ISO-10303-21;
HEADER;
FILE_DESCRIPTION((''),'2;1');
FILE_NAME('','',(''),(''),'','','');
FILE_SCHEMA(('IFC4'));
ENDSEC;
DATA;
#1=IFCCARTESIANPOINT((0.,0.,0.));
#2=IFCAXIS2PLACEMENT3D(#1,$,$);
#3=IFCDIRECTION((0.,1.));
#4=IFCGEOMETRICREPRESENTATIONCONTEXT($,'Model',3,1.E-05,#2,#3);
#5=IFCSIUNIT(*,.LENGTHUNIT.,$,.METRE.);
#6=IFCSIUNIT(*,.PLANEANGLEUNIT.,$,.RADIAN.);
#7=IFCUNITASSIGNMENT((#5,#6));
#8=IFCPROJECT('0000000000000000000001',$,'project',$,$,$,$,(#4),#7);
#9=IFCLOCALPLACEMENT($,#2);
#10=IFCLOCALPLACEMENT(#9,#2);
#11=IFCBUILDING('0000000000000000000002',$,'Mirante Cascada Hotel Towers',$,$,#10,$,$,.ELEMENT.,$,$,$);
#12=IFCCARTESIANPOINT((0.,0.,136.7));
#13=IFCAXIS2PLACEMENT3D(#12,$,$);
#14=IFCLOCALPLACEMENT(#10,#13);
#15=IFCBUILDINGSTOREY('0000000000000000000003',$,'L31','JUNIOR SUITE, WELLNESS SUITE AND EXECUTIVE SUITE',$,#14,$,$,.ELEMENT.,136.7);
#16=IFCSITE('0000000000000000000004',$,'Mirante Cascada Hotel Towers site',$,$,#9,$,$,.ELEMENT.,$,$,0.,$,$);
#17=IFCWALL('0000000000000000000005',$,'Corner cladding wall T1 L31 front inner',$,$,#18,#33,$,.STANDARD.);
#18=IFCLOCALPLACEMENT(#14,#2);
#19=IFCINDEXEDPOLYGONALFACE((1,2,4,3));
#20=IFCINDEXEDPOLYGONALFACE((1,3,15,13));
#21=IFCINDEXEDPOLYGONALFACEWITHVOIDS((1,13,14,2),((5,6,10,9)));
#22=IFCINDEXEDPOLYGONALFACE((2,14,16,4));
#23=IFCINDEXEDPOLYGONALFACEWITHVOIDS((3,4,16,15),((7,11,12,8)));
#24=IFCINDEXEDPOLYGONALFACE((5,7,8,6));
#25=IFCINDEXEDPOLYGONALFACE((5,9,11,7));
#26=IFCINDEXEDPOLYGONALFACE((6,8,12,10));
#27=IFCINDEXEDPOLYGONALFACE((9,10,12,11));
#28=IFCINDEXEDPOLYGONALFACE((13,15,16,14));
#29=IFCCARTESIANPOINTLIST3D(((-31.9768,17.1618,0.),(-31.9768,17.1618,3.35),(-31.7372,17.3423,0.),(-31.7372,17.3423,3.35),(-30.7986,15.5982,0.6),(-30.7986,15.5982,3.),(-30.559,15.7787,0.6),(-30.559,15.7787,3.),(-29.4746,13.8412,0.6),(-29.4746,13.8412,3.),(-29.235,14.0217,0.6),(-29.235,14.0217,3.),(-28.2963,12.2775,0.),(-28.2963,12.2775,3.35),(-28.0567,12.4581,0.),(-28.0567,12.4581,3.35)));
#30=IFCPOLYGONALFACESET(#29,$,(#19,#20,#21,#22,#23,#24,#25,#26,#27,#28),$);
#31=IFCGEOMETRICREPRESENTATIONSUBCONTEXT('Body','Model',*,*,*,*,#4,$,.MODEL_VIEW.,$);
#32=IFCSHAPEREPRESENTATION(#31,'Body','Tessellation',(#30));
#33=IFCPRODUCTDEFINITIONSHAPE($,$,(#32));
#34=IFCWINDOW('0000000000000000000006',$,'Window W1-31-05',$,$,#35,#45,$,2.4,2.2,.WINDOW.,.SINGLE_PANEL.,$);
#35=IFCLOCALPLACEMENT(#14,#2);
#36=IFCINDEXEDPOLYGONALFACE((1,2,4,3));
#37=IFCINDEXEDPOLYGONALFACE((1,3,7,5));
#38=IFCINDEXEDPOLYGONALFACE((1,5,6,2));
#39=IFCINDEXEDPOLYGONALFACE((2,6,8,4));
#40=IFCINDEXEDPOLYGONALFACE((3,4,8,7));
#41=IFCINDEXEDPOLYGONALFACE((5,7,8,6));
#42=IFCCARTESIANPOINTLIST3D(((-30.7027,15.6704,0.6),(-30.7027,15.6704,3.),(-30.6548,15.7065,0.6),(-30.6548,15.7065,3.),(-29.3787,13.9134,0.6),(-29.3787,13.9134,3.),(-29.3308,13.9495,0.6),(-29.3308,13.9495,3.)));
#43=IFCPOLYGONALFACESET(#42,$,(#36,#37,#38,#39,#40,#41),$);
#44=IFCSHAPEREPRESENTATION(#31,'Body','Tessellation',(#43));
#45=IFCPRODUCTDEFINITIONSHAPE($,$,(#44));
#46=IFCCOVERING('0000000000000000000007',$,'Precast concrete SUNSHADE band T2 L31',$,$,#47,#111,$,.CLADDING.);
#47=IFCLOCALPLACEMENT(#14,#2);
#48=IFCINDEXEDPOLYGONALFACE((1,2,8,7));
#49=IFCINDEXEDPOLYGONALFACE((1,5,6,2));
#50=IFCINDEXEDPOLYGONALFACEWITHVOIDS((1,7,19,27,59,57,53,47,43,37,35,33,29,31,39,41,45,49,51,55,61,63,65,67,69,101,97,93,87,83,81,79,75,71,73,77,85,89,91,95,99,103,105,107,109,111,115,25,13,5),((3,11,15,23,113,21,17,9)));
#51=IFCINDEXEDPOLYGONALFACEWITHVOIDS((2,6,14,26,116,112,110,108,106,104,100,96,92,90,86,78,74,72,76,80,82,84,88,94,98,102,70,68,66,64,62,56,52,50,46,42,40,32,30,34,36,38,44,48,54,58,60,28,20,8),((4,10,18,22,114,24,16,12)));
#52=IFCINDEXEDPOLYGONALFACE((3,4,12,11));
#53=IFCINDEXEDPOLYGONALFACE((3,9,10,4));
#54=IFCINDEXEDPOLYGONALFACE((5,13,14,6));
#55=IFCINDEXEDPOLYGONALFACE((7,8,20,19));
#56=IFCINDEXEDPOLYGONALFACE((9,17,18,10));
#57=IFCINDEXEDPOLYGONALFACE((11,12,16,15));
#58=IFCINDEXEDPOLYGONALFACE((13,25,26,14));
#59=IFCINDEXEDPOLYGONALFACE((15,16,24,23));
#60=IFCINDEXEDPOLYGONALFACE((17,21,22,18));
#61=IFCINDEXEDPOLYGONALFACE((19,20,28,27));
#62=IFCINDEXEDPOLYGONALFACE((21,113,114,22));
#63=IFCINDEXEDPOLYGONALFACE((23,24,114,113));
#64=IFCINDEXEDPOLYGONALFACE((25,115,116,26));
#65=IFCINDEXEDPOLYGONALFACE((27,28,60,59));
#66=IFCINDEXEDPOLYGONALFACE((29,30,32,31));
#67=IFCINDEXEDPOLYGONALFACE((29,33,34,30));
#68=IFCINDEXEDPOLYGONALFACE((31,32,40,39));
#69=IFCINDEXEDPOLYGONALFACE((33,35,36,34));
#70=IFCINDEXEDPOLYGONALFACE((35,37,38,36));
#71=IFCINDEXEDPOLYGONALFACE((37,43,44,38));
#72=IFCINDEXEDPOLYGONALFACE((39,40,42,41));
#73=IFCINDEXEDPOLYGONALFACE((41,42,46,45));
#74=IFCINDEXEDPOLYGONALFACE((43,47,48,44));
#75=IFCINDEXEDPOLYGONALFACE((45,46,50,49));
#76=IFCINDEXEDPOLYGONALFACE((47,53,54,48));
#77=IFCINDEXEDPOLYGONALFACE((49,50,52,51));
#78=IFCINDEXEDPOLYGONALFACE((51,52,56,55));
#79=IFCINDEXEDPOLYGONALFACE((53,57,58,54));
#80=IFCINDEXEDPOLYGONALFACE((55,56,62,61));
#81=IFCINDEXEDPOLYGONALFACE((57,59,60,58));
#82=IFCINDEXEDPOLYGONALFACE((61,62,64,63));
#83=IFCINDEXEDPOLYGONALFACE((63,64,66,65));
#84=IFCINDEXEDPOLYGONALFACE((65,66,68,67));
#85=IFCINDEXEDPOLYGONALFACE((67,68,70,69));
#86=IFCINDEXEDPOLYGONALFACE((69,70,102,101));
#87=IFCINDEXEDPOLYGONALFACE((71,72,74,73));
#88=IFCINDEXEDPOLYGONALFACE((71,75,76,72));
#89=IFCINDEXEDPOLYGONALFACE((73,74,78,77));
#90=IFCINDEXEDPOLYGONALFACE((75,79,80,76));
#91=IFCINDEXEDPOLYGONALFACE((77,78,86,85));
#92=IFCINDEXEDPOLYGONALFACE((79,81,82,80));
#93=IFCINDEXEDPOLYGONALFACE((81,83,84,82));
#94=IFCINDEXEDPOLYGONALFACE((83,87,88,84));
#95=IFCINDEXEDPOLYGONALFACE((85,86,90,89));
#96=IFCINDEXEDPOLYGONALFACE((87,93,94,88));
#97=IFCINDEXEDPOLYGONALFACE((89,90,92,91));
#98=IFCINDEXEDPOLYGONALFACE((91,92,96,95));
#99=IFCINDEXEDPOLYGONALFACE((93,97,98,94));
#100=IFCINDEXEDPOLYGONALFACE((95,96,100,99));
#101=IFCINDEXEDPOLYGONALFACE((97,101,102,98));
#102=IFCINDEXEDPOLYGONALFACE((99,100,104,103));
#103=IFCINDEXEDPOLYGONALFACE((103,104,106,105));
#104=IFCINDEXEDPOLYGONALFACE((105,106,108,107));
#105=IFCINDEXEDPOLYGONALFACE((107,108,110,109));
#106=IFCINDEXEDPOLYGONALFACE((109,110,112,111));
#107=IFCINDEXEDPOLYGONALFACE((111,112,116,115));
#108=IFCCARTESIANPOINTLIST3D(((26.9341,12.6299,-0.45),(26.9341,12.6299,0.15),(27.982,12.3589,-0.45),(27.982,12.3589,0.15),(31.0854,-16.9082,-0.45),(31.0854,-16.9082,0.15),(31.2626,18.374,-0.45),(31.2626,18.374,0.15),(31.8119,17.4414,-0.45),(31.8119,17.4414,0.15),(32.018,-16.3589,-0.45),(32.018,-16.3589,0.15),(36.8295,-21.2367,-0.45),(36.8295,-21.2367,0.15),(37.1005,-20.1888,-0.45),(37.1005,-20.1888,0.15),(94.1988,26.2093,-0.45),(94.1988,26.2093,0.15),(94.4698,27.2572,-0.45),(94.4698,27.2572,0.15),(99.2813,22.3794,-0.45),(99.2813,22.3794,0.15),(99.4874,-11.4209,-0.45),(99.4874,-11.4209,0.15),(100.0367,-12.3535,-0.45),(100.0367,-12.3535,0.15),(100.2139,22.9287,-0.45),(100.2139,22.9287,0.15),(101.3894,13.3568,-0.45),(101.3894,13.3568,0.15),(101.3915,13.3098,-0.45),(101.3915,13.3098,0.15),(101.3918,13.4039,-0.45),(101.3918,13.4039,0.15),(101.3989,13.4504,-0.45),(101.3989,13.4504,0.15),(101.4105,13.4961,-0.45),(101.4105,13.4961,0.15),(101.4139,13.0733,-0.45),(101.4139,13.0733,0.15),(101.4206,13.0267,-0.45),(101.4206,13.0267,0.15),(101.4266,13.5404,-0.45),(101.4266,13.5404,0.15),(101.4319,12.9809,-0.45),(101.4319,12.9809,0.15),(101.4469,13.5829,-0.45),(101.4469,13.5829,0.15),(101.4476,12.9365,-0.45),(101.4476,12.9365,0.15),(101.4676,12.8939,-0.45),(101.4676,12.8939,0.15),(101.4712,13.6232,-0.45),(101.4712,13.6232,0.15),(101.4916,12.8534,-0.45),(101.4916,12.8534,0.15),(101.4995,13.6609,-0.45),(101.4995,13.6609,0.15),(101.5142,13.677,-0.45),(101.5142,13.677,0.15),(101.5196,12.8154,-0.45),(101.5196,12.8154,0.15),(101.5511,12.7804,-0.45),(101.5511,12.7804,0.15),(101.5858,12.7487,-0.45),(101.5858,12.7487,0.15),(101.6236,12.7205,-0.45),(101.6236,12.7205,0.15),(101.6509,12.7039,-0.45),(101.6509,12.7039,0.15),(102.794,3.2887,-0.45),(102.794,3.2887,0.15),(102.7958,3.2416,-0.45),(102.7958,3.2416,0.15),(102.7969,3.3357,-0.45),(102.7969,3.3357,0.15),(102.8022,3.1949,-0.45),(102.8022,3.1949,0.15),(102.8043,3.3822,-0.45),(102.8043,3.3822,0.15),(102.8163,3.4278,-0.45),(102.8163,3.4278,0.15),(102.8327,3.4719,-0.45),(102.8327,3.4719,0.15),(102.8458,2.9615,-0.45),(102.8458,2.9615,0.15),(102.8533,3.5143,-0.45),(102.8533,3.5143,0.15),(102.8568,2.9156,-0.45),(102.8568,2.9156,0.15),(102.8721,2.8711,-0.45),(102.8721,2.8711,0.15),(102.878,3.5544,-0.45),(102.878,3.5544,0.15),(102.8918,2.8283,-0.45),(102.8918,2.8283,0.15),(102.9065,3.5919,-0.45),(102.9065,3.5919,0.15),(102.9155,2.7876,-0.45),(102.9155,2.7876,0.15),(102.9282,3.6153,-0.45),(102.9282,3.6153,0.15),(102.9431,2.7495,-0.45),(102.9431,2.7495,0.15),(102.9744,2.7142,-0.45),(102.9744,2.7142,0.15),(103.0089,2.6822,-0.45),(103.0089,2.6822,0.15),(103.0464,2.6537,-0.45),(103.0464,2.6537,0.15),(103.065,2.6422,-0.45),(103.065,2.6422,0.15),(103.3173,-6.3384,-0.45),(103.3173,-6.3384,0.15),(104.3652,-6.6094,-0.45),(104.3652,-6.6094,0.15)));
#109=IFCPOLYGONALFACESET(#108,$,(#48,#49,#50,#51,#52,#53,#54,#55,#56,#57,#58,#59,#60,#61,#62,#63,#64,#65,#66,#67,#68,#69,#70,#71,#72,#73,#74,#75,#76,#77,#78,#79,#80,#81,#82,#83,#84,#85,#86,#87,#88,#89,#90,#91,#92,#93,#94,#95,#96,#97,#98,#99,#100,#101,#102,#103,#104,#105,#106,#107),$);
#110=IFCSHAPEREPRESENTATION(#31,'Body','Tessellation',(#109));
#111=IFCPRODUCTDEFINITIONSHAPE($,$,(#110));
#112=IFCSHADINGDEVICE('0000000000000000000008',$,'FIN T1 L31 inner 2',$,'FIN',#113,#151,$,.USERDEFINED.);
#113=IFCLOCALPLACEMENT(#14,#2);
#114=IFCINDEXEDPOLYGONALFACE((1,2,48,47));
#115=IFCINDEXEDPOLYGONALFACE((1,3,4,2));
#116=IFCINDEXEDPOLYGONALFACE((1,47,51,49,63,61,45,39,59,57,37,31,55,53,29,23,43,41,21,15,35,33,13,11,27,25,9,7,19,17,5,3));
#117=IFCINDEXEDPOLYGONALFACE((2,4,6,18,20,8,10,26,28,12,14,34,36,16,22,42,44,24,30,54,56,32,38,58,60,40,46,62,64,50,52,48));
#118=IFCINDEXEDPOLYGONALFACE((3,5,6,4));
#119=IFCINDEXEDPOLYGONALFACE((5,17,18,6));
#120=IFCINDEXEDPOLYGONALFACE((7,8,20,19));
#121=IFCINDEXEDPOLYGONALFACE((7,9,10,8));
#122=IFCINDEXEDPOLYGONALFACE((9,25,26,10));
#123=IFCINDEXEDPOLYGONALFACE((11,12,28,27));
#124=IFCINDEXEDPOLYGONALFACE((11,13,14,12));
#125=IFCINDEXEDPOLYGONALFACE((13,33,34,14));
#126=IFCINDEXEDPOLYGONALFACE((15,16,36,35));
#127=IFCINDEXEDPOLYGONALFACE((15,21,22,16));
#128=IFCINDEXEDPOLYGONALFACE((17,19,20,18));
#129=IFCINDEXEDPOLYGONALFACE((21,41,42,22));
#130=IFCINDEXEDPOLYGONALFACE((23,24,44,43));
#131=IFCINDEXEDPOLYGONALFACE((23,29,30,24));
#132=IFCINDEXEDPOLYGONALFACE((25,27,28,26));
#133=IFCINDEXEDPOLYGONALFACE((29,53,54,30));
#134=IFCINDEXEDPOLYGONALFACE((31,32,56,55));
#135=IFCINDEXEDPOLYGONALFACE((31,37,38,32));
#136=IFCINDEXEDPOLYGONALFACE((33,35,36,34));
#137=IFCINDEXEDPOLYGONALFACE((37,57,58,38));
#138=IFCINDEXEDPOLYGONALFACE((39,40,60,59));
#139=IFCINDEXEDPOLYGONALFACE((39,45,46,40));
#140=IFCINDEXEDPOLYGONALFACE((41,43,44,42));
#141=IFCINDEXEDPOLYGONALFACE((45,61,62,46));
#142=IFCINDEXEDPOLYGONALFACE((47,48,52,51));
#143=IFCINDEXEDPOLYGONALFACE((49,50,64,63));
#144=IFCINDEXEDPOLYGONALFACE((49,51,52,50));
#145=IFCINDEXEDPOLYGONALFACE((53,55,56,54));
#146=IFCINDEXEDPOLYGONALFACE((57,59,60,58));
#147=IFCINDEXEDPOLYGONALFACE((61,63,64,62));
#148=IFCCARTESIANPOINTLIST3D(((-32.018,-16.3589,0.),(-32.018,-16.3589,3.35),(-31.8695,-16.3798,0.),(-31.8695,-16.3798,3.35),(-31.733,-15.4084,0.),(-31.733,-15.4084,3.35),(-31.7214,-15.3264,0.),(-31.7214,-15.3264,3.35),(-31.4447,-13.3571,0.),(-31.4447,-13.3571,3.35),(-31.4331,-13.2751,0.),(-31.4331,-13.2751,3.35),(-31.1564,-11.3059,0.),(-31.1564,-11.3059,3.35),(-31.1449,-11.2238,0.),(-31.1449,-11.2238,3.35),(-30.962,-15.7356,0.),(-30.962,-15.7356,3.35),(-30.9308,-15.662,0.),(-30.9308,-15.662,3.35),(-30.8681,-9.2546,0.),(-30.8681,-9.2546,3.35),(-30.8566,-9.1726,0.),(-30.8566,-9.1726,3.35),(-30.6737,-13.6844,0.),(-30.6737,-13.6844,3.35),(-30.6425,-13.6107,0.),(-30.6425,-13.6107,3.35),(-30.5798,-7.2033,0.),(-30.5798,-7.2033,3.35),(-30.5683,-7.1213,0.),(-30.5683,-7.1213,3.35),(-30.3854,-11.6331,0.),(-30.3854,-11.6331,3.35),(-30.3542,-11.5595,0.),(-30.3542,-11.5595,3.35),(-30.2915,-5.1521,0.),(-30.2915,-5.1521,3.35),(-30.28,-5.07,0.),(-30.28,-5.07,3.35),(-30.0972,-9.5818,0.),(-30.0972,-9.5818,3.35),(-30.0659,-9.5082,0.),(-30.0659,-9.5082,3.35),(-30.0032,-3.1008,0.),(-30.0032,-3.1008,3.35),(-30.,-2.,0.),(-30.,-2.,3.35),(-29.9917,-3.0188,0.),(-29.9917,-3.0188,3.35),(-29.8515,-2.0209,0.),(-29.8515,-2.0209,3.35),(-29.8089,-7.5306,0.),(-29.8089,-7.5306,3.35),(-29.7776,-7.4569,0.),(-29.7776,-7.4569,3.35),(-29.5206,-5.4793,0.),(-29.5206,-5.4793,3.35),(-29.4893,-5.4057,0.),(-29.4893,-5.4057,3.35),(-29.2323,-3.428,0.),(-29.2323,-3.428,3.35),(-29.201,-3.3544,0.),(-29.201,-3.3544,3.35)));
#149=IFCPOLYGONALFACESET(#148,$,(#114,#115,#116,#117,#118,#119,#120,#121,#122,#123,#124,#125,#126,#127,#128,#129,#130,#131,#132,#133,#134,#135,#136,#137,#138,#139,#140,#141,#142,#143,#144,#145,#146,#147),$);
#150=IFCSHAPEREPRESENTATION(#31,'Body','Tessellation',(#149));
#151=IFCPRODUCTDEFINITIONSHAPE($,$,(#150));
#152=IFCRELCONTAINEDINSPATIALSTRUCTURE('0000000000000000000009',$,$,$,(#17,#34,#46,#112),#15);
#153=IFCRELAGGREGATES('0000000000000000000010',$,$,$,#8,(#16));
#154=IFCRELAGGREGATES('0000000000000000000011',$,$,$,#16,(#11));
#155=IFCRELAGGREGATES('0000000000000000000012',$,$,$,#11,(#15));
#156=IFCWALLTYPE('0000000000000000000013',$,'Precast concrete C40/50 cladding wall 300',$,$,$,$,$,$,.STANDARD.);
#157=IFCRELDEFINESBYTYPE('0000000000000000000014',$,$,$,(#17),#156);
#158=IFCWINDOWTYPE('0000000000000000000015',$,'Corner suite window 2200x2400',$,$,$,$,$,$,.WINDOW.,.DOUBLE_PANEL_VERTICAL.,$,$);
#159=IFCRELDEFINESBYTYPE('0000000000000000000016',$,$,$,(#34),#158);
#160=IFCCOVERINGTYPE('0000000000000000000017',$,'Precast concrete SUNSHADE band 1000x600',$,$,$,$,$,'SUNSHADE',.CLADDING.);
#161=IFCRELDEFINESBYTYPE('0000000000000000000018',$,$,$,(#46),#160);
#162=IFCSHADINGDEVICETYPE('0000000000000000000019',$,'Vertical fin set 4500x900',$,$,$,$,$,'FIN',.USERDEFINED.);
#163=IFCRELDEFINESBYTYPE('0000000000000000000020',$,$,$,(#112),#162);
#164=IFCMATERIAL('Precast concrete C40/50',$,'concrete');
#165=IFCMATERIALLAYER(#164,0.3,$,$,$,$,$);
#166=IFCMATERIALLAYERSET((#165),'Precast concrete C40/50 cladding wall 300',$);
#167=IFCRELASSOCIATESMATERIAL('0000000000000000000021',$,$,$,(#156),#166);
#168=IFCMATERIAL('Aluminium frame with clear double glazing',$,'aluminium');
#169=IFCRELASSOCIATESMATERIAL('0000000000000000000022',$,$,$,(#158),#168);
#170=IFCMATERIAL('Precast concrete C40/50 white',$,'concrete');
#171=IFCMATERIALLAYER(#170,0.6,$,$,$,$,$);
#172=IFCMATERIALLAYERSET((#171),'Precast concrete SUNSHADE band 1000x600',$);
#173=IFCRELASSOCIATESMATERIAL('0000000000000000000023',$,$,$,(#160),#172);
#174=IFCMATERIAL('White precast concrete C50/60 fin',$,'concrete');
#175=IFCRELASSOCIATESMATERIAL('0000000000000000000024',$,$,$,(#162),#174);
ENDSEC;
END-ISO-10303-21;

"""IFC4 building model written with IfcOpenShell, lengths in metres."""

from ifc_helpers import new_model, si_unit, direction, frame, frame_2d, origin, place, context, subcontext, project, spatial, polyline, rectangle, outline, extrude, material, layer, layer_set, type_object, element, fill, save


model = new_model("IFC4")

# Units and contexts
model_context = context("Model", 3, precision=1e-05, world=origin(), true_north=direction((0.0, 1.0)))
body_context = subcontext(model_context, "Body", "Model", "MODEL_VIEW")
ifc_project = project(units=[si_unit("LENGTHUNIT", "METRE"), si_unit("PLANEANGLEUNIT", "RADIAN")], contexts=[model_context])

# Site, building, storey
site_placement = place(None, origin())
site = spatial("IfcSite", under=ifc_project, at=site_placement, Name="Mirante Cascada Hotel Towers site", CompositionType="ELEMENT", RefElevation=0.0)
building_placement = place(site_placement, origin())
building = spatial("IfcBuilding", under=site, at=building_placement, Name="Mirante Cascada Hotel Towers", CompositionType="ELEMENT")
storey_placement = place(building_placement, frame((0.0, 0.0, 136.7)))
storey = spatial("IfcBuildingStorey", under=building, at=storey_placement, Name="L31", Description="JUNIOR SUITE, WELLNESS SUITE AND EXECUTIVE SUITE", CompositionType="ELEMENT", Elevation=136.7)

# Wall, opening, window
ifc_material_1 = material(Name="Precast concrete C40/50", Category="concrete")
ifc_layer_1 = layer(ifc_material_1, 0.3)
ifc_layer_set_1 = layer_set([ifc_layer_1], Name="Precast concrete C40/50 cladding wall 300")
wall_type_1 = type_object("IfcWallType", Name="Precast concrete C40/50 cladding wall 300", PredefinedType="STANDARD", material=ifc_layer_set_1)
wall_1_placement = place(storey_placement, frame((-31.857, 17.252, 0.0), z_axis=(0.0, 0.0, 1.0), x_axis=(0.601814, -0.798636, 0.0)))
wall_1 = element("IfcWall", 1, at=wall_1_placement, inside=storey, type_object=wall_type_1, Name="Corner cladding wall T1 L31 front inner", PredefinedType="STANDARD", context=body_context, shape_type="SweptSolid", body=[
    extrude(rectangle(XDim=6.1157, YDim=0.3, at=frame_2d((3.0578, 0.0))), origin(), (0.0, 0.0, 1.0), 3.35),
])
opening_1_placement = place(wall_1_placement, frame((1.9578, 0.0, 0.6)))
opening_1 = element("IfcOpeningElement", 2, at=opening_1_placement, cuts=wall_1, PredefinedType="OPENING", context=body_context, shape_type="SweptSolid", body=[
    extrude(rectangle(XDim=2.2, YDim=2.4, at=frame_2d((1.1, 1.2))), frame((0.0, 0.15, 0.0), z_axis=(0.0, -1.0, 0.0), x_axis=(1.0, 0.0, 0.0)), (0.0, 0.0, 1.0), 0.3),
])
ifc_material_2 = material(Name="Aluminium frame with clear double glazing", Category="aluminium")
window_type = type_object("IfcWindowType", Name="Corner suite window 2200x2400", PartitioningType="DOUBLE_PANEL_VERTICAL", PredefinedType="WINDOW", material=ifc_material_2)
window_placement = place(opening_1_placement, origin())
window = element("IfcWindow", 3, at=window_placement, inside=storey, type_object=window_type, Name="Window W1-31-05", OverallHeight=2.4, OverallWidth=2.2, PartitioningType="SINGLE_PANEL", PredefinedType="WINDOW", context=body_context, shape_type="SweptSolid", body=[
    extrude(rectangle(XDim=2.2, YDim=2.4, at=frame_2d((1.1, 1.2))), frame((0.0, 0.03, 0.0), z_axis=(0.0, -1.0, 0.0), x_axis=(1.0, 0.0, 0.0)), (0.0, 0.0, 1.0), 0.06),
])
fill(opening_1, window)

# Covering
ifc_material_3 = material(Name="Precast concrete C40/50 white", Category="concrete")
ifc_layer_2 = layer(ifc_material_3, 0.6)
ifc_layer_set_2 = layer_set([ifc_layer_2], Name="Precast concrete SUNSHADE band 1000x600")
covering_type = type_object("IfcCoveringType", Name="Precast concrete SUNSHADE band 1000x600", ElementType="SUNSHADE", PredefinedType="CLADDING", material=ifc_layer_set_2)
covering_placement = place(storey_placement, frame((0.0, 0.0, -0.45)))
element("IfcCovering", 4, at=covering_placement, inside=storey, type_object=covering_type, Name="Precast concrete SUNSHADE band T2 L31", PredefinedType="CLADDING", context=body_context, shape_type="SweptSolid", body=[
    extrude(outline(polyline([(26.9341, 12.6299), (31.2626, 18.374), (94.4698, 27.2572), (100.2139, 22.9287), (101.5142, 13.677), (101.4995, 13.6609), (101.4712, 13.6232), (101.4469, 13.5829), (101.4266, 13.5404), (101.4105, 13.4961), (101.3989, 13.4504), (101.3918, 13.4039), (101.3894, 13.3568), (101.3915, 13.3098), (101.4139, 13.0733), (101.4206, 13.0267), (101.4319, 12.9809), (101.4476, 12.9365), (101.4676, 12.8939), (101.4916, 12.8534), (101.5196, 12.8154), (101.5511, 12.7804), (101.5858, 12.7487), (101.6236, 12.7205), (101.6509, 12.7039), (102.9282, 3.6153), (102.9065, 3.5919), (102.878, 3.5544), (102.8533, 3.5143), (102.8327, 3.4719), (102.8163, 3.4278), (102.8043, 3.3822), (102.7969, 3.3357), (102.794, 3.2887), (102.7958, 3.2416), (102.8022, 3.1949), (102.8458, 2.9615), (102.8568, 2.9156), (102.8721, 2.8711), (102.8918, 2.8283), (102.9155, 2.7876), (102.9431, 2.7495), (102.9744, 2.7142), (103.0089, 2.6822), (103.0464, 2.6537), (103.065, 2.6422), (104.3652, -6.6094), (100.0367, -12.3535), (36.8295, -21.2367), (31.0854, -16.9082), (26.9341, 12.6299)]), holes=[polyline([(103.3173, -6.3384), (99.2813, 22.3794), (94.1988, 26.2093), (31.8119, 17.4414), (27.982, 12.3589), (32.018, -16.3589), (37.1005, -20.1888), (99.4874, -11.4209), (103.3173, -6.3384)])]), origin(), (0.0, 0.0, 1.0), 0.6),
])

# Shading device
ifc_material_4 = material(Name="White precast concrete C50/60 fin", Category="concrete")
shading_device_type = type_object("IfcShadingDeviceType", Name="Vertical fin set 4500x900", ElementType="FIN", PredefinedType="USERDEFINED", material=ifc_material_4)
shading_device_1_placement = place(storey_placement, origin())
element("IfcShadingDevice", 5, at=shading_device_1_placement, inside=storey, type_object=shading_device_type, Name="FIN T1 L31 inner 2", ObjectType="FIN", PredefinedType="USERDEFINED", context=body_context, shape_type="SweptSolid", body=[
    extrude(outline(polyline([(-31.733, -15.4084), (-31.8695, -16.3798), (-32.018, -16.3589), (-30.0, -2.0), (-29.8515, -2.0209), (-29.9917, -3.0188), (-29.201, -3.3544), (-29.2323, -3.428), (-30.0032, -3.1008), (-30.28, -5.07), (-29.4893, -5.4057), (-29.5206, -5.4793), (-30.2915, -5.1521), (-30.5683, -7.1213), (-29.7776, -7.4569), (-29.8089, -7.5306), (-30.5798, -7.2033), (-30.8566, -9.1726), (-30.0659, -9.5082), (-30.0972, -9.5818), (-30.8681, -9.2546), (-31.1449, -11.2238), (-30.3542, -11.5595), (-30.3854, -11.6331), (-31.1564, -11.3059), (-31.4331, -13.2751), (-30.6425, -13.6107), (-30.6737, -13.6844), (-31.4447, -13.3571), (-31.7214, -15.3264), (-30.9308, -15.662), (-30.962, -15.7356), (-31.733, -15.4084)])), origin(), (0.0, 0.0, 1.0), 3.35),
])

save(model, "model.ifc")
